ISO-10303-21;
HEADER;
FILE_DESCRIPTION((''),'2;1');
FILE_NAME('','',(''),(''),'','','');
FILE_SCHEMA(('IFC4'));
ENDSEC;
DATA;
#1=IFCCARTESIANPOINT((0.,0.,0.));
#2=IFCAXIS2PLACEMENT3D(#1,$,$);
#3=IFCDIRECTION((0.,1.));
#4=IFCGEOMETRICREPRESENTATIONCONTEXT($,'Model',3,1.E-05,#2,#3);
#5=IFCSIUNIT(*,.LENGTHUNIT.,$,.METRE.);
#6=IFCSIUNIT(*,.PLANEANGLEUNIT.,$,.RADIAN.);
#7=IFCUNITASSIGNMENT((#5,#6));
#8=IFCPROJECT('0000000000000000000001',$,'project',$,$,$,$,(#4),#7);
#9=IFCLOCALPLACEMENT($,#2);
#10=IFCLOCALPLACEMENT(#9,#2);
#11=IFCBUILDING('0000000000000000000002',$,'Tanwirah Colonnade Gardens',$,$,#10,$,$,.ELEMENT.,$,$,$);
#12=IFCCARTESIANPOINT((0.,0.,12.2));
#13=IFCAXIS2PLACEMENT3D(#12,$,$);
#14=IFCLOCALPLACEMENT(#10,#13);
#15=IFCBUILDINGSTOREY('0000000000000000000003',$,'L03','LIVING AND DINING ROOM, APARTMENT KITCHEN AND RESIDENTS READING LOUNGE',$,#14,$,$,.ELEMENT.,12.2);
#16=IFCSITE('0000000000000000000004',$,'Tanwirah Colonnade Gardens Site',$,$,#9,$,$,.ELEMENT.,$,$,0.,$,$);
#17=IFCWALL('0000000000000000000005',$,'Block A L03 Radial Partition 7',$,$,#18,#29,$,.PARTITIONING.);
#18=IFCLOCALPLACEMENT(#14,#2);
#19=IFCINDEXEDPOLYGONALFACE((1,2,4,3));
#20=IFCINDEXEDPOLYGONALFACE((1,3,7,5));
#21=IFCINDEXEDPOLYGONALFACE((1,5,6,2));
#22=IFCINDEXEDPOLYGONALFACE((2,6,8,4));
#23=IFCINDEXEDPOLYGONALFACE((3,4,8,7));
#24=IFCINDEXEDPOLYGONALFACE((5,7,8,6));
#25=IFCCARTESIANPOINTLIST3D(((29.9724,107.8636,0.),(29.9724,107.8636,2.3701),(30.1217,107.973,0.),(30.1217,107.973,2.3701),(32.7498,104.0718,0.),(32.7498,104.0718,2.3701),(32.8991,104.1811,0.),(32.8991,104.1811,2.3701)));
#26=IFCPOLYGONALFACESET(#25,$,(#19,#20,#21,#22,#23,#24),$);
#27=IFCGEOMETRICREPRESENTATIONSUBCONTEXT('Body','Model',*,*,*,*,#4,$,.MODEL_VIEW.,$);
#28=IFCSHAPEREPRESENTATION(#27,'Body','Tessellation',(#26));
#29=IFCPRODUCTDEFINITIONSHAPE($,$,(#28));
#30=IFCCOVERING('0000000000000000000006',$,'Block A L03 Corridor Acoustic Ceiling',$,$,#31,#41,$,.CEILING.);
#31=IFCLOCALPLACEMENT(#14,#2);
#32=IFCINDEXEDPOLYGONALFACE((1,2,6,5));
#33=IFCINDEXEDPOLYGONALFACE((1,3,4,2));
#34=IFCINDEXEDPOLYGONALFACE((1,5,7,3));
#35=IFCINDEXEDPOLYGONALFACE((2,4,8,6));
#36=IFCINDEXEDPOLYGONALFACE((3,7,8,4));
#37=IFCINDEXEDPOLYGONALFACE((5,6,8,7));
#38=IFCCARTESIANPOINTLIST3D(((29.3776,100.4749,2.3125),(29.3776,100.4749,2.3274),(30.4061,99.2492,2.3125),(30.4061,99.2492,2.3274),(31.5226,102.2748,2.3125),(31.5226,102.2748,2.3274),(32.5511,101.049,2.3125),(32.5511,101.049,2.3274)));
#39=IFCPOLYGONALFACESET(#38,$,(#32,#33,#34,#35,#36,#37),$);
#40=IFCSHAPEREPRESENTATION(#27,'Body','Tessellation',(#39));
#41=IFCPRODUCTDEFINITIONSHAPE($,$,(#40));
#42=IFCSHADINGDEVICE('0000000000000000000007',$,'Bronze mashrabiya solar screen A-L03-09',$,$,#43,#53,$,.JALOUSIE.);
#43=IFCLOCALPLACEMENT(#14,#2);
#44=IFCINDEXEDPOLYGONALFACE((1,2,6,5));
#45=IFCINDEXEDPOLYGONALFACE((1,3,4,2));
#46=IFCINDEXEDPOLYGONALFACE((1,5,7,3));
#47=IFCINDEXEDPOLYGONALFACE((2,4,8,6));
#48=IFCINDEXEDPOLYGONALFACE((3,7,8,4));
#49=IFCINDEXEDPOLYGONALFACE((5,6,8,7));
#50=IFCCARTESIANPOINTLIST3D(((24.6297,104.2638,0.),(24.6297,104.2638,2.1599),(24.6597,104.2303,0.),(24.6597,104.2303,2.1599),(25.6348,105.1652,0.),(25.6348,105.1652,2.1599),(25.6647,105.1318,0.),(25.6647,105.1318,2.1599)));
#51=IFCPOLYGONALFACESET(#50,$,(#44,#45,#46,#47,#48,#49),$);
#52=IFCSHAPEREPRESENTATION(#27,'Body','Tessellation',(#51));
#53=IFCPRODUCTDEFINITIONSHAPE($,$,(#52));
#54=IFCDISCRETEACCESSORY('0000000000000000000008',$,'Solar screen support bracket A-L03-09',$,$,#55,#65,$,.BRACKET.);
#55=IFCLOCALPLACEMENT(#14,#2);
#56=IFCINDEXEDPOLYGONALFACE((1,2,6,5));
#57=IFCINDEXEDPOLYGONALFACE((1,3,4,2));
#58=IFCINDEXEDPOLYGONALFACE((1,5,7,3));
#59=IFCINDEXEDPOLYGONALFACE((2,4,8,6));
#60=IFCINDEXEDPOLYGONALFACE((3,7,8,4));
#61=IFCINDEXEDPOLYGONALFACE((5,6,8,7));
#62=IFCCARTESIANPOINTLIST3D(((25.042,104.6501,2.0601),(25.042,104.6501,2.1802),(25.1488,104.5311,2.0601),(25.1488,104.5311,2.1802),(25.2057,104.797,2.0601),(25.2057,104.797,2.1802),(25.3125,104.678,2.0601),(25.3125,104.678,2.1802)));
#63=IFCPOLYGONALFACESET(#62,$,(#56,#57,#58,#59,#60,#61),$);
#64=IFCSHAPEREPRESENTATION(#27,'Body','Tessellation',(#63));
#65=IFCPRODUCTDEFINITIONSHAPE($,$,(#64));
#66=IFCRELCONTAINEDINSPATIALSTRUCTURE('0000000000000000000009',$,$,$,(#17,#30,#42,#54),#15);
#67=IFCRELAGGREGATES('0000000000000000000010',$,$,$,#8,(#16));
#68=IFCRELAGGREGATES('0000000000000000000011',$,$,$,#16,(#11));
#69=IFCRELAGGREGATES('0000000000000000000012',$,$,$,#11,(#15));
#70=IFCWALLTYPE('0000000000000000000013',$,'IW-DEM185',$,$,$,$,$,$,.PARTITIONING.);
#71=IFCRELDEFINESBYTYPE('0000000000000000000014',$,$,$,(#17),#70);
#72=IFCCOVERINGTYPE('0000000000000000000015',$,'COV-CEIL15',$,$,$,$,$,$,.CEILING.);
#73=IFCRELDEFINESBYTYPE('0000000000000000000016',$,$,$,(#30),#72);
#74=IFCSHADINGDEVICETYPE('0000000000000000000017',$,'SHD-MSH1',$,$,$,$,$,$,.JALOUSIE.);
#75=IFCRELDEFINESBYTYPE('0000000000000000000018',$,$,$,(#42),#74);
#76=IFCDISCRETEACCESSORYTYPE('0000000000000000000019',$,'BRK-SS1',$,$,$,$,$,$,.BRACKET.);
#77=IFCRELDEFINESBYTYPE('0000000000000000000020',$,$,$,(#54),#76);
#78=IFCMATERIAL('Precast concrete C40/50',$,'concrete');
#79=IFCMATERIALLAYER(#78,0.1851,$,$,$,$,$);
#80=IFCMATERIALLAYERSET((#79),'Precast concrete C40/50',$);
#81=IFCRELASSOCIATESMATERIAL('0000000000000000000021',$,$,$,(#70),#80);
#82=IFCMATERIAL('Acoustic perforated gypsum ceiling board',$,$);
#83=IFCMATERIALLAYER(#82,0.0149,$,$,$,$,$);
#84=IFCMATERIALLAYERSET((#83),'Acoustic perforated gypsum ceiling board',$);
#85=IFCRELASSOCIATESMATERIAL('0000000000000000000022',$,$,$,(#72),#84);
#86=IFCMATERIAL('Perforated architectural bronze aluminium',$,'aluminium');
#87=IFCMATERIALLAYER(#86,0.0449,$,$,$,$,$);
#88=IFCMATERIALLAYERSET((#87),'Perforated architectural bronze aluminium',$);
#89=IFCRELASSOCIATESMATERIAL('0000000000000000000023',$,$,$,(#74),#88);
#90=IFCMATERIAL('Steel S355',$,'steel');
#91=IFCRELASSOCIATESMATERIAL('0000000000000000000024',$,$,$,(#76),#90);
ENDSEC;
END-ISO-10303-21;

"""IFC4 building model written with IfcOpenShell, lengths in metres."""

from ifc_helpers import new_model, si_unit, direction, frame, frame_2d, origin, origin_2d, place, context, subcontext, project, spatial, rectangle, extrude, material, layer, layer_set, type_object, element, save


model = new_model("IFC4")

# Units and contexts
model_context = context("Model", 3, precision=1e-05, world=origin(), true_north=direction((0.0, 1.0)))
body_context = subcontext(model_context, "Body", "Model", "MODEL_VIEW")
ifc_project = project(units=[si_unit("LENGTHUNIT", "METRE"), si_unit("PLANEANGLEUNIT", "RADIAN")], contexts=[model_context])

# Site, building, storey
site_placement = place(None, origin())
site = spatial("IfcSite", under=ifc_project, at=site_placement, Name="Tanwirah Colonnade Gardens Site", CompositionType="ELEMENT", RefElevation=0.0)
building_placement = place(site_placement, origin())
building = spatial("IfcBuilding", under=site, at=building_placement, Name="Tanwirah Colonnade Gardens", CompositionType="ELEMENT")
storey_placement = place(building_placement, frame((0.0, 0.0, 12.2)))
storey = spatial("IfcBuildingStorey", under=building, at=storey_placement, Name="L03", Description="LIVING AND DINING ROOM, APARTMENT KITCHEN AND RESIDENTS READING LOUNGE", CompositionType="ELEMENT", Elevation=12.2)

# Shared definitions
ifc_material_1 = material(Name="Precast concrete C40/50", Category="concrete")

# Wall
ifc_layer_1 = layer(ifc_material_1, 0.1851)
ifc_layer_set_1 = layer_set([ifc_layer_1], Name="Precast concrete C40/50")
wall_type_1 = type_object("IfcWallType", Name="IW-DEM185", PredefinedType="PARTITIONING", material=ifc_layer_set_1)
wall_1_placement = place(storey_placement, frame((32.8245, 104.1265, 0.0), z_axis=(0.0, 0.0, 1.0), x_axis=(-0.590911, 0.806737, 0.0)))
element("IfcWall", 1, at=wall_1_placement, inside=storey, type_object=wall_type_1, Name="Block A L03 Radial Partition 7", PredefinedType="PARTITIONING", context=body_context, shape_type="SweptSolid", body=[
    extrude(rectangle(XDim=4.7002, YDim=0.1851, at=frame_2d((2.3501, 0.0))), origin(), (0.0, 0.0, 1.0), 2.3701),
])

# Covering
ifc_material_2 = material(Name="Acoustic perforated gypsum ceiling board")
ifc_layer_2 = layer(ifc_material_2, 0.0149)
ifc_layer_set_2 = layer_set([ifc_layer_2], Name="Acoustic perforated gypsum ceiling board")
covering_type = type_object("IfcCoveringType", Name="COV-CEIL15", PredefinedType="CEILING", material=ifc_layer_set_2)
covering_placement = place(storey_placement, frame((30.9644, 100.762, 2.3125), z_axis=(0.0, 0.0, 1.0), x_axis=(-0.766044, -0.642788, 0.0)))
element("IfcCovering", 2, at=covering_placement, inside=storey, type_object=covering_type, Name="Block A L03 Corridor Acoustic Ceiling", PredefinedType="CEILING", context=body_context, shape_type="SweptSolid", body=[
    extrude(rectangle(XDim=2.8, YDim=1.6001, at=origin_2d()), origin(), (0.0, 0.0, 1.0), 0.0149),
])

# Shading device
ifc_material_3 = material(Name="Perforated architectural bronze aluminium", Category="aluminium")
ifc_layer_3 = layer(ifc_material_3, 0.0449)
ifc_layer_set_3 = layer_set([ifc_layer_3], Name="Perforated architectural bronze aluminium")
shading_device_type = type_object("IfcShadingDeviceType", Name="SHD-MSH1", PredefinedType="JALOUSIE", material=ifc_layer_set_3)
shading_device_placement = place(storey_placement, frame((25.1472, 104.6978, 0.0), z_axis=(0.0, 0.0, 1.0), x_axis=(-0.744443, -0.667686, 0.0)))
element("IfcShadingDevice", 3, at=shading_device_placement, inside=storey, type_object=shading_device_type, Name="Bronze mashrabiya solar screen A-L03-09", PredefinedType="JALOUSIE", context=body_context, shape_type="SweptSolid", body=[
    extrude(rectangle(XDim=1.3501, YDim=0.0449, at=origin_2d()), origin(), (0.0, 0.0, 1.0), 2.1599),
])

# Discrete accessory
ifc_material_4 = material(Name="Steel S355", Category="steel")
discrete_accessory_type = type_object("IfcDiscreteAccessoryType", Name="BRK-SS1", PredefinedType="BRACKET", material=ifc_material_4)
discrete_accessory_placement = place(storey_placement, frame((25.1772, 104.6641, 2.0601), z_axis=(0.0, 0.0, 1.0), x_axis=(-0.744443, -0.667686, 0.0)))
element("IfcDiscreteAccessory", 4, at=discrete_accessory_placement, inside=storey, type_object=discrete_accessory_type, Name="Solar screen support bracket A-L03-09", PredefinedType="BRACKET", context=body_context, shape_type="SweptSolid", body=[
    extrude(rectangle(XDim=0.22, YDim=0.1599, at=origin_2d()), origin(), (0.0, 0.0, 1.0), 0.1201),
])

save(model, "model.ifc")
